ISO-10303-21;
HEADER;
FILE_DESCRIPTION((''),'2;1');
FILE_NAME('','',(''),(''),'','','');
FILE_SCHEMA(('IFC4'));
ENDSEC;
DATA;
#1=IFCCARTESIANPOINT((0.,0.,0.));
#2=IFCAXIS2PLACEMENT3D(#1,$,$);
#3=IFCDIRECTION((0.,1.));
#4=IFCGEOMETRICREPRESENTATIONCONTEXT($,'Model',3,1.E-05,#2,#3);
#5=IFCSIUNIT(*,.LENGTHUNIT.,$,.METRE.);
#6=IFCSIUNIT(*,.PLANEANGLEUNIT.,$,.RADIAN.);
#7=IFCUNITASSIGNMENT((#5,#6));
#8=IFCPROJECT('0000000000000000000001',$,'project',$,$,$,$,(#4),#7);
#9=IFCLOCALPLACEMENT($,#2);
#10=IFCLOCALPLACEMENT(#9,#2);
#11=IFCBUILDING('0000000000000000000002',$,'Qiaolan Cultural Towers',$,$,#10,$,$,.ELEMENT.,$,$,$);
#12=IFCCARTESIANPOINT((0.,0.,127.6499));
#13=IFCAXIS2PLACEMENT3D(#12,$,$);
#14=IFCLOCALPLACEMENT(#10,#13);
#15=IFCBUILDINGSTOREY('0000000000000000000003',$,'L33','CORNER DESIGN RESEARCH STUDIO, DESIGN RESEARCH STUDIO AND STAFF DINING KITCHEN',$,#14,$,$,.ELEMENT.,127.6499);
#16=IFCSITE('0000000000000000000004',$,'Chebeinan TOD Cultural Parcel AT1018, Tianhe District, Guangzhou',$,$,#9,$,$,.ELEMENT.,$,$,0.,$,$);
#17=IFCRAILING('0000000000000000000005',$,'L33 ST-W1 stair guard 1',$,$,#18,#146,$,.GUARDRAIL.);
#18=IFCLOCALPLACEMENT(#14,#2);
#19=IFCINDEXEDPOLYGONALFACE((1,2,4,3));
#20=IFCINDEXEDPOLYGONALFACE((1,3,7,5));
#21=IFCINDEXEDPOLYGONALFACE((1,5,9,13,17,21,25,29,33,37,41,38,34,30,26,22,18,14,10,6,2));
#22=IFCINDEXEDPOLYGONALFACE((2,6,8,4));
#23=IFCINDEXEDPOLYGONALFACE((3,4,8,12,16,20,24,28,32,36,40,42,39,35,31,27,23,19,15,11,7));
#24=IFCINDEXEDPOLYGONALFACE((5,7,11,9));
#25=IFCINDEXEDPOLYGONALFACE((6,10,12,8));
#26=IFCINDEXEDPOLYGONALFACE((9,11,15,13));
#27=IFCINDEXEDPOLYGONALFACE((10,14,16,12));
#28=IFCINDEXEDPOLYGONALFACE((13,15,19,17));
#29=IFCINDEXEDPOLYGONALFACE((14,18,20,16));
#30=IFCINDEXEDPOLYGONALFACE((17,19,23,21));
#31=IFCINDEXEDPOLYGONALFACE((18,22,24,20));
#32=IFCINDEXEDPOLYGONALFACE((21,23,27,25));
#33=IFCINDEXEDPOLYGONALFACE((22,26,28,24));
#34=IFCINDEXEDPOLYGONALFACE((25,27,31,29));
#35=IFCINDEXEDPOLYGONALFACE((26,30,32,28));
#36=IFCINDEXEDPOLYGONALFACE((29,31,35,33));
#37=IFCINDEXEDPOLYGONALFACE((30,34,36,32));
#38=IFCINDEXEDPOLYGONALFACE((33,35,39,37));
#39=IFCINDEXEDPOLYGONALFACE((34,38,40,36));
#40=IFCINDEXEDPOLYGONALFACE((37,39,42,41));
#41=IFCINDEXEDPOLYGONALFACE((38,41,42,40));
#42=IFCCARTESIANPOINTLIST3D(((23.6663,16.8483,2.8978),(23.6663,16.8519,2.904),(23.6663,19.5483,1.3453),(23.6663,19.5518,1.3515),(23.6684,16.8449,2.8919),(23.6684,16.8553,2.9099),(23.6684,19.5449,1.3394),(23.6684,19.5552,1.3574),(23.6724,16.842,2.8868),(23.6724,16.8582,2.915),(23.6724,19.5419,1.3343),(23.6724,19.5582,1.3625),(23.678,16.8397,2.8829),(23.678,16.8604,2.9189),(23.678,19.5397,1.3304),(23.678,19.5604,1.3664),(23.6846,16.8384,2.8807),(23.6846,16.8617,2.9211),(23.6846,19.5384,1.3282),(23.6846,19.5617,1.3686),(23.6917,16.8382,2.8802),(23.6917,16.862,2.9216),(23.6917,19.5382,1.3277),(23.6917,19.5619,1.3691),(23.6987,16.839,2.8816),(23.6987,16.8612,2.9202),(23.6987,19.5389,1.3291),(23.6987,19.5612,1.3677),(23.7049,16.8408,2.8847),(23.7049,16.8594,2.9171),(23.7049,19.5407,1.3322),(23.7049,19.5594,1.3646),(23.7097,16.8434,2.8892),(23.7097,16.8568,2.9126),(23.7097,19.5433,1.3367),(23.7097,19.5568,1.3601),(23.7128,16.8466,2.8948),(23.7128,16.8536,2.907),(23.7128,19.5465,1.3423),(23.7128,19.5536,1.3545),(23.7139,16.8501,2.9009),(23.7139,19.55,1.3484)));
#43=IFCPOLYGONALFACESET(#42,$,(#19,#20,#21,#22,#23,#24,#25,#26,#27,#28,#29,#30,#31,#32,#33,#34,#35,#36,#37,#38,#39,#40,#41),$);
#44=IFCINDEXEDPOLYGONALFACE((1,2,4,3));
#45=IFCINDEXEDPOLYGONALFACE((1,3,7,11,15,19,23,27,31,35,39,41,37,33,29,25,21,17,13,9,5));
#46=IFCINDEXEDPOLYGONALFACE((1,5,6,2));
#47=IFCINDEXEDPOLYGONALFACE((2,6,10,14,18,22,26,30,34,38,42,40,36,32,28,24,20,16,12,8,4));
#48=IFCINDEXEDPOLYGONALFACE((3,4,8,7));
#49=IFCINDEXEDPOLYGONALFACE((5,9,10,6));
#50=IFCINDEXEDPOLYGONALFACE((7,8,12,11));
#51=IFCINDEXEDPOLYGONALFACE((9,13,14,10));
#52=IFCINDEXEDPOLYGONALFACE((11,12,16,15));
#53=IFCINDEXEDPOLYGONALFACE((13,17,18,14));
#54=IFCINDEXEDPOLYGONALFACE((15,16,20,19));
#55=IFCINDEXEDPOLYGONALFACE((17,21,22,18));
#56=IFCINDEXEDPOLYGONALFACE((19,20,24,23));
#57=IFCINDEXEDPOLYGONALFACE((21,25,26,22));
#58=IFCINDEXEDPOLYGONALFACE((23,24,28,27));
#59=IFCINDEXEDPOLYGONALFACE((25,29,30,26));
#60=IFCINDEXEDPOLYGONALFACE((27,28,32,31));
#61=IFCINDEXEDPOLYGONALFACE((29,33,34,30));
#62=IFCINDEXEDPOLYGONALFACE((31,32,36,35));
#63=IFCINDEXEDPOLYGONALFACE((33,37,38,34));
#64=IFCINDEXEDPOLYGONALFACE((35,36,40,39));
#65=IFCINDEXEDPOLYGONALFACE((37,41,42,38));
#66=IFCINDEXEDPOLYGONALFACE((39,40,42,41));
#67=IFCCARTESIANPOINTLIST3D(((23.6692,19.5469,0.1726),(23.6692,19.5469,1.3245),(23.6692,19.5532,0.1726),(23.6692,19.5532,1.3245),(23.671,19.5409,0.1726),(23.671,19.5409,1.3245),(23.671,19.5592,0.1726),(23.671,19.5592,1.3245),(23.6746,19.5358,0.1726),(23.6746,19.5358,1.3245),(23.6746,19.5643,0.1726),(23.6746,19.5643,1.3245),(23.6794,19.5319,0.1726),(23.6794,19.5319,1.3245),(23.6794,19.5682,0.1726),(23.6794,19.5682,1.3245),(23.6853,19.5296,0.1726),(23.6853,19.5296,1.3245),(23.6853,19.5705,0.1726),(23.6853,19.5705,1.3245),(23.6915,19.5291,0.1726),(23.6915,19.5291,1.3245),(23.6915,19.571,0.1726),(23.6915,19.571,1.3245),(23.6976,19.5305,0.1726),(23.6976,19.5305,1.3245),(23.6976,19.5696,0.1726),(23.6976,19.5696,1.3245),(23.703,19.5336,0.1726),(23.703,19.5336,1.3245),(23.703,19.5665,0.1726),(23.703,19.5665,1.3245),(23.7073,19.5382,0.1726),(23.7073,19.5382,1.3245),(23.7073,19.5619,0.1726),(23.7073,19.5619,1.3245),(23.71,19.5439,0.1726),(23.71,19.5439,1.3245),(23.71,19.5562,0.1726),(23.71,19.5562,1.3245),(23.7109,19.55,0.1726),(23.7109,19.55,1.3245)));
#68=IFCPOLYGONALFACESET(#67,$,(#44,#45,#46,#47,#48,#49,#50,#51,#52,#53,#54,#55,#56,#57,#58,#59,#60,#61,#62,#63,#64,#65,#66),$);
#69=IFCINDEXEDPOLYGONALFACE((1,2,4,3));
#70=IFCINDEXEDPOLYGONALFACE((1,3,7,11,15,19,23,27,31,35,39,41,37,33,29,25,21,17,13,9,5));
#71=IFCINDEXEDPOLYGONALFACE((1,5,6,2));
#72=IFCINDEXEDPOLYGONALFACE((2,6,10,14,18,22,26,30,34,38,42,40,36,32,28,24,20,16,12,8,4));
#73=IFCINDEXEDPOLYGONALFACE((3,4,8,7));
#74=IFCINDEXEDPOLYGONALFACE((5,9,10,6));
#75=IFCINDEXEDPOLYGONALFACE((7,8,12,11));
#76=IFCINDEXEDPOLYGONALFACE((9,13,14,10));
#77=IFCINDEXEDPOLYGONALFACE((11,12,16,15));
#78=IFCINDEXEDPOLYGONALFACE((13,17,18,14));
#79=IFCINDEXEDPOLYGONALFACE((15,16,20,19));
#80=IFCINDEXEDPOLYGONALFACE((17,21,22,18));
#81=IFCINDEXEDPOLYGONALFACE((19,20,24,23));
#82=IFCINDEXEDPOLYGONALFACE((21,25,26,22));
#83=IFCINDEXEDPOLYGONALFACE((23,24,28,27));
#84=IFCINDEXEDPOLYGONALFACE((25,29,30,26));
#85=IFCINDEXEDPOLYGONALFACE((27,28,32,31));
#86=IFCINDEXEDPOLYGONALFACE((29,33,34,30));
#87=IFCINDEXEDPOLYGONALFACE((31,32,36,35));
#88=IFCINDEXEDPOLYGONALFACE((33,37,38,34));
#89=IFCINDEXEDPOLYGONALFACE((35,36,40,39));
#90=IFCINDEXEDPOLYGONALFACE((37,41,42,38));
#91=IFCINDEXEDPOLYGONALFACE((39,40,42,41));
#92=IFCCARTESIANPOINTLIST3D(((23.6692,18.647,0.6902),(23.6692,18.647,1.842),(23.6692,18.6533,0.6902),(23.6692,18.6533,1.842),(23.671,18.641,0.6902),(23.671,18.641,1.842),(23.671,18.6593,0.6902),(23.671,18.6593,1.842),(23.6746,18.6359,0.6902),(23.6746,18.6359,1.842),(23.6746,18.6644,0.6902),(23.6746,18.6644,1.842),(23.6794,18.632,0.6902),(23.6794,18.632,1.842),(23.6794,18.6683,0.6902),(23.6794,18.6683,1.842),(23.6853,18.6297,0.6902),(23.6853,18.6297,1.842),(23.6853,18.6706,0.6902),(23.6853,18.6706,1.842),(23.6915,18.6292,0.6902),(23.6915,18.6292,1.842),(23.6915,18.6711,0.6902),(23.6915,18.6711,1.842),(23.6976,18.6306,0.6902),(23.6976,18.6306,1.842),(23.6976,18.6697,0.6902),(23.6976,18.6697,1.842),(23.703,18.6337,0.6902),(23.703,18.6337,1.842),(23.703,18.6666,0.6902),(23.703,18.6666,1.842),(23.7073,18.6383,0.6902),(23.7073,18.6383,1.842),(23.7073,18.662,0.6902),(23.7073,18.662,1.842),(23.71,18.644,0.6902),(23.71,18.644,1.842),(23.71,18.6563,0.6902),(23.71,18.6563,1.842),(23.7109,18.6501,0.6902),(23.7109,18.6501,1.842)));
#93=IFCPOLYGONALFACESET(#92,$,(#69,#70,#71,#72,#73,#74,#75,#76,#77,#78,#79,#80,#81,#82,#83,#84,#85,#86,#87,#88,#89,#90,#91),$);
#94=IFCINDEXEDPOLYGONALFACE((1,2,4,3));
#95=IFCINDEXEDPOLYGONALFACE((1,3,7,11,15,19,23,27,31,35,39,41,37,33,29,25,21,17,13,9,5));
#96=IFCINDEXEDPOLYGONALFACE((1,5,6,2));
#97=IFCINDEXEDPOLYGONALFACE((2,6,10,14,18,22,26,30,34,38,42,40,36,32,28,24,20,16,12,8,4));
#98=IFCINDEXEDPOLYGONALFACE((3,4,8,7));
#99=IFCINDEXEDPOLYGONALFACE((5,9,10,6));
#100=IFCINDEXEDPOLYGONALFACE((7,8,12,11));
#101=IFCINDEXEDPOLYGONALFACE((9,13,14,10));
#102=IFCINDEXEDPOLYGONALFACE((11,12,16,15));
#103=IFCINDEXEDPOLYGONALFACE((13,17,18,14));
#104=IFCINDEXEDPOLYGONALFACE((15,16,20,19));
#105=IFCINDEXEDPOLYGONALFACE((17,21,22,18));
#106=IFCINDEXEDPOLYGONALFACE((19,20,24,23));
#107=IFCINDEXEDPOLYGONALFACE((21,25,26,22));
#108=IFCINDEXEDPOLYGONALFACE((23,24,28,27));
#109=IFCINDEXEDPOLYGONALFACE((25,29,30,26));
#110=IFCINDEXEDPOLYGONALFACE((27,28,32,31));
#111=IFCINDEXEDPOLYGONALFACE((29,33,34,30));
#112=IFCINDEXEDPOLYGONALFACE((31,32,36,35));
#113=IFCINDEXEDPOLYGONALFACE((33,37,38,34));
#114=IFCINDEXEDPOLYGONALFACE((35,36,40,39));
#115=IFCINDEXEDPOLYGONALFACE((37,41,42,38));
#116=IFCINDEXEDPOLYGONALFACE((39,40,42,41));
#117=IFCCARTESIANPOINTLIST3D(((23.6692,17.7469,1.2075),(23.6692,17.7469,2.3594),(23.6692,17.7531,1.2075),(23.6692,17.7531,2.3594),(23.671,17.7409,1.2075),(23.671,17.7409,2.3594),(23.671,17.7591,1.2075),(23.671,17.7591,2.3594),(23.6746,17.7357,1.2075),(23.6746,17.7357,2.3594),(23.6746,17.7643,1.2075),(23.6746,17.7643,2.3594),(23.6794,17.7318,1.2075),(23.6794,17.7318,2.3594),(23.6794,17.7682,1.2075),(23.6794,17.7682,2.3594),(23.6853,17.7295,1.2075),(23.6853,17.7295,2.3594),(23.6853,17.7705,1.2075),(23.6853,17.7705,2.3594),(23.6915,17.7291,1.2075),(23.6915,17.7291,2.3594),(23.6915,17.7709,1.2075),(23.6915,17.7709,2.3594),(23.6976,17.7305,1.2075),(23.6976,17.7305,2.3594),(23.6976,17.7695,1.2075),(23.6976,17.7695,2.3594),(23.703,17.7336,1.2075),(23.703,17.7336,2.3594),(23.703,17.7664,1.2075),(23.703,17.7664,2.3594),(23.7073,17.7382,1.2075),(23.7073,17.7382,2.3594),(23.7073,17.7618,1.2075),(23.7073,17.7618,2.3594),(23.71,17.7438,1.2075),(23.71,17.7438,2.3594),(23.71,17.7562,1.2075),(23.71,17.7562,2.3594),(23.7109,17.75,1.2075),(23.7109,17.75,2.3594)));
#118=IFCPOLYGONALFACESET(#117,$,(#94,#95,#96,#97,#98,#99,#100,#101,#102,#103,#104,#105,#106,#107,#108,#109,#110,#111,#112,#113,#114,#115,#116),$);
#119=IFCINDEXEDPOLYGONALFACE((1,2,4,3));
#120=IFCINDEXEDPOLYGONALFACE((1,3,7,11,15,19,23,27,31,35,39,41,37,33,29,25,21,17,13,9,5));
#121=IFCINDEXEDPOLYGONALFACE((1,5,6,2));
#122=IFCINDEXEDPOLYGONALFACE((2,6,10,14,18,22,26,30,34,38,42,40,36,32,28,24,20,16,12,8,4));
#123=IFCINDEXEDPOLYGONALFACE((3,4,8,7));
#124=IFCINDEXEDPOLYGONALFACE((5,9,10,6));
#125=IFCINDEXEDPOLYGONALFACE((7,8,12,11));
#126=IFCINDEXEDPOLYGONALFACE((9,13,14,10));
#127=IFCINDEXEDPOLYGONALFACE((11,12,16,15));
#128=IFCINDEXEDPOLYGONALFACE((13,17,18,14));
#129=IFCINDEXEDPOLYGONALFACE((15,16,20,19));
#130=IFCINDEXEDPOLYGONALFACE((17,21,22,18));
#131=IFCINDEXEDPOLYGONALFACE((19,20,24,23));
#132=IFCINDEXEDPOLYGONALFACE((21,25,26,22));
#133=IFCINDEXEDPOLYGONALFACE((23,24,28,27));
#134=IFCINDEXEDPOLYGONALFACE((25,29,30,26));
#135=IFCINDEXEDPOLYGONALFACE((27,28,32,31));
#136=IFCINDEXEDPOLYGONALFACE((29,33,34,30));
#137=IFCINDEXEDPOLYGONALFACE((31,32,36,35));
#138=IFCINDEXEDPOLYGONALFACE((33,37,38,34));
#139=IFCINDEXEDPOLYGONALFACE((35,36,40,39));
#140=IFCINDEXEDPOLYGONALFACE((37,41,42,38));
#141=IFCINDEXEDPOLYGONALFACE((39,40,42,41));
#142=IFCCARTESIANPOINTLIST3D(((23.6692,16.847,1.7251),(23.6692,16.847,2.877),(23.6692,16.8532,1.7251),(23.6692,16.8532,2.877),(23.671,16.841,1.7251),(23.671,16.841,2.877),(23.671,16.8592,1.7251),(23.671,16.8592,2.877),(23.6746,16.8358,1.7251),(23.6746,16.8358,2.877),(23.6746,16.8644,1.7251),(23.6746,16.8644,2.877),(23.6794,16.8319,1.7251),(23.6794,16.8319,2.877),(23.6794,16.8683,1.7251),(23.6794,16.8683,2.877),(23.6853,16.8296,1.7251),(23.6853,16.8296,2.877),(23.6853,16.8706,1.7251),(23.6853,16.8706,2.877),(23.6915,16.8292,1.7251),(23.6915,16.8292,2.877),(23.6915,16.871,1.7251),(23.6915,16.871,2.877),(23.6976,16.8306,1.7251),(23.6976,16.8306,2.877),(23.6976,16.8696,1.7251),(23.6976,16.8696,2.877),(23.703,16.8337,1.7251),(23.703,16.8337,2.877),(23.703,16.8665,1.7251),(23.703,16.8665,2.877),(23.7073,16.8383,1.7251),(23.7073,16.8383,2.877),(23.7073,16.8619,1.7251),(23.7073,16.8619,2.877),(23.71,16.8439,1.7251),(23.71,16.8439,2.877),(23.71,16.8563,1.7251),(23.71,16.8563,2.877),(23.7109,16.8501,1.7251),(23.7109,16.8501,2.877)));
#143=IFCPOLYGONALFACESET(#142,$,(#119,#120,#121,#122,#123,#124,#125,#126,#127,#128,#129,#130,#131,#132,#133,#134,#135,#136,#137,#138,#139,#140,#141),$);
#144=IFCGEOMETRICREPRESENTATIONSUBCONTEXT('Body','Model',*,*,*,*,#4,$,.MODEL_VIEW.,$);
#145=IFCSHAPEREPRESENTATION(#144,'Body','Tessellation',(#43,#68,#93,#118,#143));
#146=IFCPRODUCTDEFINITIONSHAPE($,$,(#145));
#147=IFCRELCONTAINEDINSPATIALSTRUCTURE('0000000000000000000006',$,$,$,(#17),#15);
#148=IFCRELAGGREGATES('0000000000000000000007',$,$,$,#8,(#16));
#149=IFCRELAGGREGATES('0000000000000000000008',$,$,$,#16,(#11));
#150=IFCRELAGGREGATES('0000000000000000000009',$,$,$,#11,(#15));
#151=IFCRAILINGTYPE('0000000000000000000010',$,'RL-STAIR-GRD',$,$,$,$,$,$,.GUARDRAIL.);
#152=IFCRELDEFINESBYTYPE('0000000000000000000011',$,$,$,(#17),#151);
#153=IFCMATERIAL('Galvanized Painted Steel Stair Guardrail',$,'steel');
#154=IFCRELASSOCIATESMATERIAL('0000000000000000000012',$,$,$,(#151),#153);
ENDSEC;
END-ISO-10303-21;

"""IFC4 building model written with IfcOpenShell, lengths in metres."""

from ifc_helpers import new_model, si_unit, direction, frame, origin, origin_2d, place, context, subcontext, project, spatial, circle, extrude, material, type_object, element, save


model = new_model("IFC4")

# Units and contexts
model_context = context("Model", 3, precision=1e-05, world=origin(), true_north=direction((0.0, 1.0)))
body_context = subcontext(model_context, "Body", "Model", "MODEL_VIEW")
ifc_project = project(units=[si_unit("LENGTHUNIT", "METRE"), si_unit("PLANEANGLEUNIT", "RADIAN")], contexts=[model_context])

# Site, building, storey
site_placement = place(None, origin())
site = spatial("IfcSite", under=ifc_project, at=site_placement, Name="Chebeinan TOD Cultural Parcel AT1018, Tianhe District, Guangzhou", CompositionType="ELEMENT", RefElevation=0.0)
building_placement = place(site_placement, origin())
building = spatial("IfcBuilding", under=site, at=building_placement, Name="Qiaolan Cultural Towers", CompositionType="ELEMENT")
storey_placement = place(building_placement, frame((0.0, 0.0, 127.6499)))
storey = spatial("IfcBuildingStorey", under=building, at=storey_placement, Name="L33", Description="CORNER DESIGN RESEARCH STUDIO, DESIGN RESEARCH STUDIO AND STAFF DINING KITCHEN", CompositionType="ELEMENT", Elevation=127.6499)

# Railing
ifc_material_1 = material(Name="Galvanized Painted Steel Stair Guardrail", Category="steel")
railing_type_1 = type_object("IfcRailingType", Name="RL-STAIR-GRD", PredefinedType="GUARDRAIL", material=ifc_material_1)
railing_1_placement = place(storey_placement, frame((23.6899, 19.55, 0.1726)))
element("IfcRailing", 1, at=railing_1_placement, inside=storey, type_object=railing_type_1, Name="L33 ST-W1 stair guard 1", PredefinedType="GUARDRAIL", context=body_context, shape_type="SweptSolid", body=[
    extrude(circle(Radius=0.0239, at=origin_2d()), frame((0.0, 0.0, 1.1758), z_axis=(0.0, -0.866904, 0.498476), x_axis=(1.0, 0.0, 0.0)), (0.0, 0.0, 1.0), 3.1145),
    extrude(circle(Radius=0.021, at=origin_2d()), origin(), (0.0, 0.0, 1.0), 1.1519),
    extrude(circle(Radius=0.021, at=origin_2d()), frame((0.0, -0.8999, 0.5176)), (0.0, 0.0, 1.0), 1.1519),
    extrude(circle(Radius=0.021, at=origin_2d()), frame((0.0, -1.8, 1.0349)), (0.0, 0.0, 1.0), 1.1519),
    extrude(circle(Radius=0.021, at=origin_2d()), frame((0.0, -2.7, 1.5525)), (0.0, 0.0, 1.0), 1.1519),
])

save(model, "model.ifc")
